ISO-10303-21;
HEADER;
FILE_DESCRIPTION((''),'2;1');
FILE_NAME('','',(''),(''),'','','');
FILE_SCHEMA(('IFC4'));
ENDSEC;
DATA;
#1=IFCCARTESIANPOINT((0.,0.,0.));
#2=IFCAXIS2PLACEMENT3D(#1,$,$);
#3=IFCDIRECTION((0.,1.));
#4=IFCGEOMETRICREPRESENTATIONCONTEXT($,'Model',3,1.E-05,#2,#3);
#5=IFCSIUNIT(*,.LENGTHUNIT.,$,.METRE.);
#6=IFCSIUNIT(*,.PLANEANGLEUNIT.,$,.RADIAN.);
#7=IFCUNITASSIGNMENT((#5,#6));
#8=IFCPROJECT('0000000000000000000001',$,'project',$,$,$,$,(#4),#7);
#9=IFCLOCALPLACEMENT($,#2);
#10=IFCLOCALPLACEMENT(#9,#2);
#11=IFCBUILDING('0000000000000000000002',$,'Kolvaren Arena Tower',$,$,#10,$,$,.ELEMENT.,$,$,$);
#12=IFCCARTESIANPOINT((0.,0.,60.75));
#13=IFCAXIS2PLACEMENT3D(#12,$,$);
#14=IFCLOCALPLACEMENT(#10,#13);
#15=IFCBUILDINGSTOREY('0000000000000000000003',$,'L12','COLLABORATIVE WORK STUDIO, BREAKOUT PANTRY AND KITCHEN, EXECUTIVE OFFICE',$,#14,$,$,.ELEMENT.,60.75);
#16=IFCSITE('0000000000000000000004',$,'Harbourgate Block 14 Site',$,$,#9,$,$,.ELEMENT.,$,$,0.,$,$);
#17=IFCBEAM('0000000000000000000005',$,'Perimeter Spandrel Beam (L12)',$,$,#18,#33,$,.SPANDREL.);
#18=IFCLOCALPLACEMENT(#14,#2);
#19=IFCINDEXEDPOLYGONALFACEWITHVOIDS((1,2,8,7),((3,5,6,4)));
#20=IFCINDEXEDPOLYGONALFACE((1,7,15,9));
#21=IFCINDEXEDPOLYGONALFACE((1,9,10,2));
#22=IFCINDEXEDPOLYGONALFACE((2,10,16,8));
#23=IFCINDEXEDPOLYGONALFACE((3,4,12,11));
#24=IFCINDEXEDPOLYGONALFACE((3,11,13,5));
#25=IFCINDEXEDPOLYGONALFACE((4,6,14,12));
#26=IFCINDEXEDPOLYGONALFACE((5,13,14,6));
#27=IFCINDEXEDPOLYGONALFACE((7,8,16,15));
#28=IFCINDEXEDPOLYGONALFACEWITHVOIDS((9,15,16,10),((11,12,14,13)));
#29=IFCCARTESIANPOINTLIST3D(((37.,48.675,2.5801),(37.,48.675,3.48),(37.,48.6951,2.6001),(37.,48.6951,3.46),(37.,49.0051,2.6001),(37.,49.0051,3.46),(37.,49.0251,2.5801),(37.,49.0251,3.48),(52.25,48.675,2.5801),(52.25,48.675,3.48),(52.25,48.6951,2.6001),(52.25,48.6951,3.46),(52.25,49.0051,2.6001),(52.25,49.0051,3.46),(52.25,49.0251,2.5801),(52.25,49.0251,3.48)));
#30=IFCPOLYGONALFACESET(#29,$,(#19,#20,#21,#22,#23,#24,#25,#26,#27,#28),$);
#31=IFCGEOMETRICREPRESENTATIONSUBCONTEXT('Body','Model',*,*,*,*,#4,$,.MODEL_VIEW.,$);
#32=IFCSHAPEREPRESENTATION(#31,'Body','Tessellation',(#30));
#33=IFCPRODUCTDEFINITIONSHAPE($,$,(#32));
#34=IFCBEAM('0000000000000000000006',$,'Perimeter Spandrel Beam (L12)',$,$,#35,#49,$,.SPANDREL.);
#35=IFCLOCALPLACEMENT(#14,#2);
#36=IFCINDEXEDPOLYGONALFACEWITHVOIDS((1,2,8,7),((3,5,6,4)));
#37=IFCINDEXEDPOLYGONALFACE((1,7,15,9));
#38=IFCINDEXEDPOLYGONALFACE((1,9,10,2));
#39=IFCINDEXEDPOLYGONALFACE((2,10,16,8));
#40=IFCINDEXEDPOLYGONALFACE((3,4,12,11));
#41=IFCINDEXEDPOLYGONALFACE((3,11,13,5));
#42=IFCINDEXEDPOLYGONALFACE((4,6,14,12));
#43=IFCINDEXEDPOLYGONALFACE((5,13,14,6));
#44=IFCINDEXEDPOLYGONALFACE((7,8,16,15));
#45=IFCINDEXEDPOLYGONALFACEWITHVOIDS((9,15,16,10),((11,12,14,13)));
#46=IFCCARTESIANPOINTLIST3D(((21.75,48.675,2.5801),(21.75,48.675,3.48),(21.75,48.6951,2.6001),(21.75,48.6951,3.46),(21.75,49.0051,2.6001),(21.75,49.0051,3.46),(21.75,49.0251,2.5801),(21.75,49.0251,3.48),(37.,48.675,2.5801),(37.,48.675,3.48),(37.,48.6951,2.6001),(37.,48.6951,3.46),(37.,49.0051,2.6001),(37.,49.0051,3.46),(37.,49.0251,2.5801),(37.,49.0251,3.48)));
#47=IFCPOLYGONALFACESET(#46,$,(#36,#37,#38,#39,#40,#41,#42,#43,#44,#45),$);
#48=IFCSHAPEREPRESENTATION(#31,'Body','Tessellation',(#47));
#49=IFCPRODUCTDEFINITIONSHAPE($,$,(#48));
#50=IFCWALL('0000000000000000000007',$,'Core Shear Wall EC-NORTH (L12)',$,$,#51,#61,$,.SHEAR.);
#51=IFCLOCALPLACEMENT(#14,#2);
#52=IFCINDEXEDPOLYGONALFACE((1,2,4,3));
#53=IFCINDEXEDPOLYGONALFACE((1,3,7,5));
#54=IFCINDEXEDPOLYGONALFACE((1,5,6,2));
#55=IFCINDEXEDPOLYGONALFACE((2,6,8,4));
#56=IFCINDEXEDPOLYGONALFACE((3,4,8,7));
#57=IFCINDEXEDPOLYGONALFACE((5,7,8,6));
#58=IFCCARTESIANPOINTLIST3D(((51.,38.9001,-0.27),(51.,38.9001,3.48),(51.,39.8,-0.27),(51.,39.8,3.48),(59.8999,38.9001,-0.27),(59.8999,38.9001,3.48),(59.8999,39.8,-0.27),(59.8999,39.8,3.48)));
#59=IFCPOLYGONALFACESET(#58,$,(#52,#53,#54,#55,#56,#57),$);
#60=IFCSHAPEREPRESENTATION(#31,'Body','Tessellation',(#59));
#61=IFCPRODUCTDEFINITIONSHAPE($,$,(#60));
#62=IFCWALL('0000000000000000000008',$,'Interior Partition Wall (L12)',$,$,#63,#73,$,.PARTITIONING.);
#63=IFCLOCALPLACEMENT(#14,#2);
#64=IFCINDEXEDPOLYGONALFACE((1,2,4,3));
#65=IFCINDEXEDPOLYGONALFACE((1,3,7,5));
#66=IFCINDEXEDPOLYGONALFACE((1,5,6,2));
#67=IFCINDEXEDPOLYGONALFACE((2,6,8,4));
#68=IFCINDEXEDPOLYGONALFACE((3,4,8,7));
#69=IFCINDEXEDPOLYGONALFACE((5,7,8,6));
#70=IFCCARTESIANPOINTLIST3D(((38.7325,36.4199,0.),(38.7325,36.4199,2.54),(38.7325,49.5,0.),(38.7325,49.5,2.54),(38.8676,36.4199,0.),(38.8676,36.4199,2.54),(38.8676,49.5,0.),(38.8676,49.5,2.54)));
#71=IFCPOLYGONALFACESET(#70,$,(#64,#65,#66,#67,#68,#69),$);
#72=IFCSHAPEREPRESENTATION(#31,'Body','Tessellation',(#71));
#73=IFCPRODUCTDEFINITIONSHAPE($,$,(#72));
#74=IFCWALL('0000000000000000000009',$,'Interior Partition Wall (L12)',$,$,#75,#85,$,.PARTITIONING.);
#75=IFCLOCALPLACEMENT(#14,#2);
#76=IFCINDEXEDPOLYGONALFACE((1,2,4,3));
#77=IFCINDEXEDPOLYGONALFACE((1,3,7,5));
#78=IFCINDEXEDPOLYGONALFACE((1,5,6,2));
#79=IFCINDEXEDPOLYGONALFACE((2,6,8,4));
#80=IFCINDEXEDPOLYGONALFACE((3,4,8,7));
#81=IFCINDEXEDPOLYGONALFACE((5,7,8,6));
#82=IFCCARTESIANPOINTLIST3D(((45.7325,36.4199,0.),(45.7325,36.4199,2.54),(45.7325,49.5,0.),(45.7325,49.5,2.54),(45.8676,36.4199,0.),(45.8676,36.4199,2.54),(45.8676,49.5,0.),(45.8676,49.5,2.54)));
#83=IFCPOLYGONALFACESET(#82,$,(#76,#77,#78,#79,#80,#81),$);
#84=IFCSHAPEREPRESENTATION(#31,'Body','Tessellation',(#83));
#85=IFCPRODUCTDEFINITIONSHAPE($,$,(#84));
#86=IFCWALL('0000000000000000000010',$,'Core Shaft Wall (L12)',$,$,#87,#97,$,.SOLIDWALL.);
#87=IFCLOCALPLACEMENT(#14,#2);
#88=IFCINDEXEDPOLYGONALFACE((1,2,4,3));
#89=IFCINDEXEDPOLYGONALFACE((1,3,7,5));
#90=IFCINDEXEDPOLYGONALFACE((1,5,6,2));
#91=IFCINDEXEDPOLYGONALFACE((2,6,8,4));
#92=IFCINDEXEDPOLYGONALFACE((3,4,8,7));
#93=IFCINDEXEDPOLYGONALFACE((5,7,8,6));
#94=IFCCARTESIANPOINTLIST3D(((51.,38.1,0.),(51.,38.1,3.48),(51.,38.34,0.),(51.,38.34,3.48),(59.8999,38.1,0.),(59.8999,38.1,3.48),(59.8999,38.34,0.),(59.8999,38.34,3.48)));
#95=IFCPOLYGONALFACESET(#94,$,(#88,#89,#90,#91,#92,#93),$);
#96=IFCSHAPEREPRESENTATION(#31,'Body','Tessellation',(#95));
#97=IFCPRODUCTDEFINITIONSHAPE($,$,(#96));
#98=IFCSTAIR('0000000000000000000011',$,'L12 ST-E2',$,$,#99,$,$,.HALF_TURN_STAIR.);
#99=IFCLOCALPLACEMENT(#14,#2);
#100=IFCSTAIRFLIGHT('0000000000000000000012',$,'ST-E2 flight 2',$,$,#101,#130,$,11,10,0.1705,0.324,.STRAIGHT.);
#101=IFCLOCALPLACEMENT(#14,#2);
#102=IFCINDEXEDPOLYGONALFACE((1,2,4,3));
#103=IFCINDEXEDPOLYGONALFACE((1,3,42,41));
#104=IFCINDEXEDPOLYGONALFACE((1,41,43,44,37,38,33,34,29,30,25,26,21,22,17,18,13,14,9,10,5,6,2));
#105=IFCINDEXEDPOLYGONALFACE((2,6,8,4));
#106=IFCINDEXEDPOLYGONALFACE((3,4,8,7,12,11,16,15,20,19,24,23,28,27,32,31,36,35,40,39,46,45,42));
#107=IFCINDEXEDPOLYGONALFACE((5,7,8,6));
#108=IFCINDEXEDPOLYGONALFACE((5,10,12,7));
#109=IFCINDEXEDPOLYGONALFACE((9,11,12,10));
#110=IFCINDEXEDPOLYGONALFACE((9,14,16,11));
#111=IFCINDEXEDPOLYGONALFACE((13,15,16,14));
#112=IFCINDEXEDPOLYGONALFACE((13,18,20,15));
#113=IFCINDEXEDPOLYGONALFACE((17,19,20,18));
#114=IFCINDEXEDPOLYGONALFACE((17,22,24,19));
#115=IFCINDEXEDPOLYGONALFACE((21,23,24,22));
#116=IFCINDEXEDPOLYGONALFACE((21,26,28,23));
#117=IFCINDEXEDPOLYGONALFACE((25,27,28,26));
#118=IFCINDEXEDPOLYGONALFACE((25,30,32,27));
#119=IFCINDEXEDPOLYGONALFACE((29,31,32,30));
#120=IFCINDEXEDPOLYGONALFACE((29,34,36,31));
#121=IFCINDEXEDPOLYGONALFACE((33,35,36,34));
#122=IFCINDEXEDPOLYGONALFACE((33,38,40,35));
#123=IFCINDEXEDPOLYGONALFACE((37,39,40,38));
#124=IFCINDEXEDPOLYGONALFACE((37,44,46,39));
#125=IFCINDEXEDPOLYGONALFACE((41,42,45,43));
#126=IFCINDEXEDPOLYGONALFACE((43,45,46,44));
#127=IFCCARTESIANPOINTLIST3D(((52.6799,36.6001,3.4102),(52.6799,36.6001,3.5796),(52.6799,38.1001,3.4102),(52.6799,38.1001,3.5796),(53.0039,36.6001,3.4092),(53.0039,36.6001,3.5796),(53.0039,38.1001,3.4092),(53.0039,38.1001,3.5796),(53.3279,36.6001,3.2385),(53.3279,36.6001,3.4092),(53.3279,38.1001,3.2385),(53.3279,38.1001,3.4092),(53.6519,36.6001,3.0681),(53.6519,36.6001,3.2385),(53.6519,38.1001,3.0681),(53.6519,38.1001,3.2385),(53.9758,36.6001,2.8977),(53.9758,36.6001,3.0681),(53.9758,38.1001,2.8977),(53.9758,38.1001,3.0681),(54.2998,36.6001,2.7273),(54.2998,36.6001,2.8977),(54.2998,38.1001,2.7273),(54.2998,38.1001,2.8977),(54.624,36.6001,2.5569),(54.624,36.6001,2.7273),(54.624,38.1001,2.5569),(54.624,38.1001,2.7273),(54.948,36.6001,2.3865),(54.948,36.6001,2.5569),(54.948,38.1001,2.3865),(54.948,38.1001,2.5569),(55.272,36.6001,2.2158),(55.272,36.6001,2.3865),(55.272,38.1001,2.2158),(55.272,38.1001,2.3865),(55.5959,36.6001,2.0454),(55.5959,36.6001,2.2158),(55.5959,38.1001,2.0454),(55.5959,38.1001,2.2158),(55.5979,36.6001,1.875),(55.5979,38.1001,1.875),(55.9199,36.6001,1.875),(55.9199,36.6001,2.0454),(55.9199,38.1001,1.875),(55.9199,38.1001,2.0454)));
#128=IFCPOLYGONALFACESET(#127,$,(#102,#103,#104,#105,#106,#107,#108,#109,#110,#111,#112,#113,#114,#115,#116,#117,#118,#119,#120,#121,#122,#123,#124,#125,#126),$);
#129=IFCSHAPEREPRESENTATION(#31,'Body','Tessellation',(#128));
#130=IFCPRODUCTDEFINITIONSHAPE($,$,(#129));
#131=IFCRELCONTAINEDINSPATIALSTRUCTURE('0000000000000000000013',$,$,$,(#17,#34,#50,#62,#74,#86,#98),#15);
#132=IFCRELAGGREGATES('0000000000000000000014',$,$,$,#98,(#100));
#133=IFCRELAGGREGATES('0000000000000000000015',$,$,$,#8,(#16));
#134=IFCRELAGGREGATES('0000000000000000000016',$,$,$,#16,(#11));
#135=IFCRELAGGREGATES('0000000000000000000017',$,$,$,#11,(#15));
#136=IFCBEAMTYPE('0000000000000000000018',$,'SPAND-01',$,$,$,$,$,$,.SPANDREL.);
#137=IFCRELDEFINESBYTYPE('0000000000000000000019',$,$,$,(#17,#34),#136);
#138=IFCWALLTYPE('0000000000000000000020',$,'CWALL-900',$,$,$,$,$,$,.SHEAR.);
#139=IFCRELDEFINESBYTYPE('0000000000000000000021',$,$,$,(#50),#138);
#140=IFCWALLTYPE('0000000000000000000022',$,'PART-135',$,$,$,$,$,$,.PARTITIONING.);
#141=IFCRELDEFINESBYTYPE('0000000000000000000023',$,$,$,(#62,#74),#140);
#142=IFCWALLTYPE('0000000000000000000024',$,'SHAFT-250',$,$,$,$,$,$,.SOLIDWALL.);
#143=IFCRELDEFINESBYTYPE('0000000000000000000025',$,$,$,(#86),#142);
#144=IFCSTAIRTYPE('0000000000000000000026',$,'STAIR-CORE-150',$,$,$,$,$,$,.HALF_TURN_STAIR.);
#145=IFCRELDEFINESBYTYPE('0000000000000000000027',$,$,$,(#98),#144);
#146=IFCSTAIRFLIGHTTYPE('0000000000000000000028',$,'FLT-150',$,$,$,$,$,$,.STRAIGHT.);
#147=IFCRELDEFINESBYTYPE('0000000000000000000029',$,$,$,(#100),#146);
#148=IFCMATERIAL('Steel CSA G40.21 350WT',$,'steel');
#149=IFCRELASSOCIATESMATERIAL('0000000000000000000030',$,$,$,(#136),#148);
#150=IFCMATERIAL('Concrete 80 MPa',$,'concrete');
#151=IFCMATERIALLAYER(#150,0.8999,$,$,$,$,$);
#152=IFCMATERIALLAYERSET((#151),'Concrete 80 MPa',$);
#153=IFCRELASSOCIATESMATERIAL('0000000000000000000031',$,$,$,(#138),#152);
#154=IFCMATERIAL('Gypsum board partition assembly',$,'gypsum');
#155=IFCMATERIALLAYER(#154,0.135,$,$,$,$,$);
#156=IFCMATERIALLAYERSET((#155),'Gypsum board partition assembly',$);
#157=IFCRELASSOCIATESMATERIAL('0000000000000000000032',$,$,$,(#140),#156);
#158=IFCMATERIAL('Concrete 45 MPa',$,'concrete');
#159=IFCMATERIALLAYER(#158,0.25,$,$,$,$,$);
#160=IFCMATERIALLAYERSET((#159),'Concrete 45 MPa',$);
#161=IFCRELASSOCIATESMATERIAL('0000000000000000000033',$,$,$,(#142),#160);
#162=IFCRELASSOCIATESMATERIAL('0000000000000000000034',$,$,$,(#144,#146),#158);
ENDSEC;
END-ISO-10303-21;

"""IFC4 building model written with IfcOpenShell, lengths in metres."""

from ifc_helpers import new_model, si_unit, direction, frame, frame_2d, origin, origin_2d, place, context, subcontext, project, spatial, polyline, rectangle, hollow_rectangle, outline, extrude, material, layer, layer_set, material_profile, profile_set, type_object, element, aggregate, save


model = new_model("IFC4")

# Units and contexts
model_context = context("Model", 3, precision=1e-05, world=origin(), true_north=direction((0.0, 1.0)))
body_context = subcontext(model_context, "Body", "Model", "MODEL_VIEW")
ifc_project = project(units=[si_unit("LENGTHUNIT", "METRE"), si_unit("PLANEANGLEUNIT", "RADIAN")], contexts=[model_context])

# Site, building, storey
site_placement = place(None, origin())
site = spatial("IfcSite", under=ifc_project, at=site_placement, Name="Harbourgate Block 14 Site", CompositionType="ELEMENT", RefElevation=0.0)
building_placement = place(site_placement, origin())
building = spatial("IfcBuilding", under=site, at=building_placement, Name="Kolvaren Arena Tower", CompositionType="ELEMENT")
storey_placement = place(building_placement, frame((0.0, 0.0, 60.75)))
storey = spatial("IfcBuildingStorey", under=building, at=storey_placement, Name="L12", Description="COLLABORATIVE WORK STUDIO, BREAKOUT PANTRY AND KITCHEN, EXECUTIVE OFFICE", CompositionType="ELEMENT", Elevation=60.75)

# Beams
ifc_material_1 = material(Name="Steel CSA G40.21 350WT", Category="steel")
ifc_material_profile_1 = material_profile(ifc_material_1, hollow_rectangle(XDim=0.3501, YDim=0.8999, WallThickness=0.02, at=origin_2d()), Name="HSS 900x350x20")
ifc_profile_set_1 = profile_set([ifc_material_profile_1], Name="Steel CSA G40.21 350WT")
beam_type_1 = type_object("IfcBeamType", Name="SPAND-01", PredefinedType="SPANDREL", material=ifc_profile_set_1)
for number, where, z_axis, x_axis, name in (
    (1, (52.25, 48.8501, 3.03), (-1.0, 0.0, 0.0), (0.0, -1.0, 0.0), "Perimeter Spandrel Beam (L12)"),
    (2, (37.0, 48.8501, 3.03), (-1.0, 0.0, 0.0), (0.0, -1.0, 0.0), "Perimeter Spandrel Beam (L12)"),
):
    element("IfcBeam", number, at=place(storey_placement, frame(where, z_axis=z_axis, x_axis=x_axis)), inside=storey, type_object=beam_type_1, Name=name, PredefinedType="SPANDREL", context=body_context, shape_type="SweptSolid", body=[
        extrude(hollow_rectangle(XDim=0.3501, YDim=0.8999, WallThickness=0.02, at=origin_2d()), origin(), (0.0, 0.0, 1.0), 15.25),
    ])

# Walls
ifc_material_2 = material(Name="Concrete 80 MPa", Category="concrete")
ifc_layer_1 = layer(ifc_material_2, 0.8999)
ifc_layer_set_1 = layer_set([ifc_layer_1], Name="Concrete 80 MPa")
wall_type_1 = type_object("IfcWallType", Name="CWALL-900", PredefinedType="SHEAR", material=ifc_layer_set_1)
wall_1_placement = place(storey_placement, frame((51.0, 39.3501, -0.27), z_axis=(0.0, 0.0, 1.0), x_axis=(1.0, 0.0, 0.0)))
element("IfcWall", 3, at=wall_1_placement, inside=storey, type_object=wall_type_1, Name="Core Shear Wall EC-NORTH (L12)", PredefinedType="SHEAR", context=body_context, shape_type="SweptSolid", body=[
    extrude(rectangle(XDim=8.8999, YDim=0.8999, at=frame_2d((4.45, 0.0))), origin(), (0.0, 0.0, 1.0), 3.75),
])
ifc_material_3 = material(Name="Gypsum board partition assembly", Category="gypsum")
ifc_layer_2 = layer(ifc_material_3, 0.135)
ifc_layer_set_2 = layer_set([ifc_layer_2], Name="Gypsum board partition assembly")
wall_type_2 = type_object("IfcWallType", Name="PART-135", PredefinedType="PARTITIONING", material=ifc_layer_set_2)
for number, where, z_axis, x_axis, name in (
    (4, (38.8, 36.4199, 0.0), (0.0, 0.0, 1.0), (0.0, 1.0, 0.0), "Interior Partition Wall (L12)"),
    (5, (45.8, 36.4199, 0.0), (0.0, 0.0, 1.0), (0.0, 1.0, 0.0), "Interior Partition Wall (L12)"),
):
    element("IfcWall", number, at=place(storey_placement, frame(where, z_axis=z_axis, x_axis=x_axis)), inside=storey, type_object=wall_type_2, Name=name, PredefinedType="PARTITIONING", context=body_context, shape_type="SweptSolid", body=[
        extrude(rectangle(XDim=13.0801, YDim=0.135, at=frame_2d((6.54, 0.0))), origin(), (0.0, 0.0, 1.0), 2.54),
    ])
ifc_material_4 = material(Name="Concrete 45 MPa", Category="concrete")
ifc_layer_3 = layer(ifc_material_4, 0.25)
ifc_layer_set_3 = layer_set([ifc_layer_3], Name="Concrete 45 MPa")
wall_type_3 = type_object("IfcWallType", Name="SHAFT-250", PredefinedType="SOLIDWALL", material=ifc_layer_set_3)
wall_2_placement = place(storey_placement, frame((51.0, 38.22, 0.0), z_axis=(0.0, 0.0, 1.0), x_axis=(1.0, 0.0, 0.0)))
element("IfcWall", 6, at=wall_2_placement, inside=storey, type_object=wall_type_3, Name="Core Shaft Wall (L12)", PredefinedType="SOLIDWALL", context=body_context, shape_type="SweptSolid", body=[
    extrude(rectangle(XDim=8.8999, YDim=0.24, at=frame_2d((4.45, 0.0))), origin(), (0.0, 0.0, 1.0), 3.48),
])

# Stair, stair flight
stair_type = type_object("IfcStairType", Name="STAIR-CORE-150", PredefinedType="HALF_TURN_STAIR", material=ifc_material_4)
stair_placement = place(storey_placement, origin())
stair = element("IfcStair", 7, at=stair_placement, inside=storey, type_object=stair_type, Name="L12 ST-E2", PredefinedType="HALF_TURN_STAIR")
stair_flight_type = type_object("IfcStairFlightType", Name="FLT-150", PredefinedType="STRAIGHT", material=ifc_material_4)
stair_flight_placement = place(storey_placement, frame((55.9199, 37.3501, 1.875), z_axis=(0.0, 0.0, 1.0), x_axis=(-1.0, 0.0, 0.0)))
stair_flight = element("IfcStairFlight", 8, at=stair_flight_placement, type_object=stair_flight_type, Name="ST-E2 flight 2", NumberOfRisers=11, NumberOfTreads=10, PredefinedType="STRAIGHT", RiserHeight=0.1705, TreadLength=0.324, context=body_context, shape_type="SweptSolid", body=[
    extrude(outline(polyline([(0.0, 0.0), (0.0, 0.1704), (0.324, 0.1704), (0.324, 0.3408), (0.6479, 0.3408), (0.6479, 0.5115), (0.9719, 0.5115), (0.9719, 0.6819), (1.2959, 0.6819), (1.2959, 0.8523), (1.6201, 0.8523), (1.6201, 1.0227), (1.9441, 1.0227), (1.9441, 1.1931), (2.2681, 1.1931), (2.2681, 1.3635), (2.592, 1.3635), (2.592, 1.5342), (2.916, 1.5342), (2.916, 1.7046), (3.24, 1.7046), (3.24, 1.875), (3.24, 1.5352), (0.322, 0.0), (0.0, 0.0)])), frame((0.0, 0.75, 0.0), z_axis=(0.0, -1.0, 0.0), x_axis=(1.0, 0.0, 0.0)), (0.0, 0.0, 1.0), 1.5),
])
aggregate(stair, [stair_flight])

save(model, "model.ifc")
